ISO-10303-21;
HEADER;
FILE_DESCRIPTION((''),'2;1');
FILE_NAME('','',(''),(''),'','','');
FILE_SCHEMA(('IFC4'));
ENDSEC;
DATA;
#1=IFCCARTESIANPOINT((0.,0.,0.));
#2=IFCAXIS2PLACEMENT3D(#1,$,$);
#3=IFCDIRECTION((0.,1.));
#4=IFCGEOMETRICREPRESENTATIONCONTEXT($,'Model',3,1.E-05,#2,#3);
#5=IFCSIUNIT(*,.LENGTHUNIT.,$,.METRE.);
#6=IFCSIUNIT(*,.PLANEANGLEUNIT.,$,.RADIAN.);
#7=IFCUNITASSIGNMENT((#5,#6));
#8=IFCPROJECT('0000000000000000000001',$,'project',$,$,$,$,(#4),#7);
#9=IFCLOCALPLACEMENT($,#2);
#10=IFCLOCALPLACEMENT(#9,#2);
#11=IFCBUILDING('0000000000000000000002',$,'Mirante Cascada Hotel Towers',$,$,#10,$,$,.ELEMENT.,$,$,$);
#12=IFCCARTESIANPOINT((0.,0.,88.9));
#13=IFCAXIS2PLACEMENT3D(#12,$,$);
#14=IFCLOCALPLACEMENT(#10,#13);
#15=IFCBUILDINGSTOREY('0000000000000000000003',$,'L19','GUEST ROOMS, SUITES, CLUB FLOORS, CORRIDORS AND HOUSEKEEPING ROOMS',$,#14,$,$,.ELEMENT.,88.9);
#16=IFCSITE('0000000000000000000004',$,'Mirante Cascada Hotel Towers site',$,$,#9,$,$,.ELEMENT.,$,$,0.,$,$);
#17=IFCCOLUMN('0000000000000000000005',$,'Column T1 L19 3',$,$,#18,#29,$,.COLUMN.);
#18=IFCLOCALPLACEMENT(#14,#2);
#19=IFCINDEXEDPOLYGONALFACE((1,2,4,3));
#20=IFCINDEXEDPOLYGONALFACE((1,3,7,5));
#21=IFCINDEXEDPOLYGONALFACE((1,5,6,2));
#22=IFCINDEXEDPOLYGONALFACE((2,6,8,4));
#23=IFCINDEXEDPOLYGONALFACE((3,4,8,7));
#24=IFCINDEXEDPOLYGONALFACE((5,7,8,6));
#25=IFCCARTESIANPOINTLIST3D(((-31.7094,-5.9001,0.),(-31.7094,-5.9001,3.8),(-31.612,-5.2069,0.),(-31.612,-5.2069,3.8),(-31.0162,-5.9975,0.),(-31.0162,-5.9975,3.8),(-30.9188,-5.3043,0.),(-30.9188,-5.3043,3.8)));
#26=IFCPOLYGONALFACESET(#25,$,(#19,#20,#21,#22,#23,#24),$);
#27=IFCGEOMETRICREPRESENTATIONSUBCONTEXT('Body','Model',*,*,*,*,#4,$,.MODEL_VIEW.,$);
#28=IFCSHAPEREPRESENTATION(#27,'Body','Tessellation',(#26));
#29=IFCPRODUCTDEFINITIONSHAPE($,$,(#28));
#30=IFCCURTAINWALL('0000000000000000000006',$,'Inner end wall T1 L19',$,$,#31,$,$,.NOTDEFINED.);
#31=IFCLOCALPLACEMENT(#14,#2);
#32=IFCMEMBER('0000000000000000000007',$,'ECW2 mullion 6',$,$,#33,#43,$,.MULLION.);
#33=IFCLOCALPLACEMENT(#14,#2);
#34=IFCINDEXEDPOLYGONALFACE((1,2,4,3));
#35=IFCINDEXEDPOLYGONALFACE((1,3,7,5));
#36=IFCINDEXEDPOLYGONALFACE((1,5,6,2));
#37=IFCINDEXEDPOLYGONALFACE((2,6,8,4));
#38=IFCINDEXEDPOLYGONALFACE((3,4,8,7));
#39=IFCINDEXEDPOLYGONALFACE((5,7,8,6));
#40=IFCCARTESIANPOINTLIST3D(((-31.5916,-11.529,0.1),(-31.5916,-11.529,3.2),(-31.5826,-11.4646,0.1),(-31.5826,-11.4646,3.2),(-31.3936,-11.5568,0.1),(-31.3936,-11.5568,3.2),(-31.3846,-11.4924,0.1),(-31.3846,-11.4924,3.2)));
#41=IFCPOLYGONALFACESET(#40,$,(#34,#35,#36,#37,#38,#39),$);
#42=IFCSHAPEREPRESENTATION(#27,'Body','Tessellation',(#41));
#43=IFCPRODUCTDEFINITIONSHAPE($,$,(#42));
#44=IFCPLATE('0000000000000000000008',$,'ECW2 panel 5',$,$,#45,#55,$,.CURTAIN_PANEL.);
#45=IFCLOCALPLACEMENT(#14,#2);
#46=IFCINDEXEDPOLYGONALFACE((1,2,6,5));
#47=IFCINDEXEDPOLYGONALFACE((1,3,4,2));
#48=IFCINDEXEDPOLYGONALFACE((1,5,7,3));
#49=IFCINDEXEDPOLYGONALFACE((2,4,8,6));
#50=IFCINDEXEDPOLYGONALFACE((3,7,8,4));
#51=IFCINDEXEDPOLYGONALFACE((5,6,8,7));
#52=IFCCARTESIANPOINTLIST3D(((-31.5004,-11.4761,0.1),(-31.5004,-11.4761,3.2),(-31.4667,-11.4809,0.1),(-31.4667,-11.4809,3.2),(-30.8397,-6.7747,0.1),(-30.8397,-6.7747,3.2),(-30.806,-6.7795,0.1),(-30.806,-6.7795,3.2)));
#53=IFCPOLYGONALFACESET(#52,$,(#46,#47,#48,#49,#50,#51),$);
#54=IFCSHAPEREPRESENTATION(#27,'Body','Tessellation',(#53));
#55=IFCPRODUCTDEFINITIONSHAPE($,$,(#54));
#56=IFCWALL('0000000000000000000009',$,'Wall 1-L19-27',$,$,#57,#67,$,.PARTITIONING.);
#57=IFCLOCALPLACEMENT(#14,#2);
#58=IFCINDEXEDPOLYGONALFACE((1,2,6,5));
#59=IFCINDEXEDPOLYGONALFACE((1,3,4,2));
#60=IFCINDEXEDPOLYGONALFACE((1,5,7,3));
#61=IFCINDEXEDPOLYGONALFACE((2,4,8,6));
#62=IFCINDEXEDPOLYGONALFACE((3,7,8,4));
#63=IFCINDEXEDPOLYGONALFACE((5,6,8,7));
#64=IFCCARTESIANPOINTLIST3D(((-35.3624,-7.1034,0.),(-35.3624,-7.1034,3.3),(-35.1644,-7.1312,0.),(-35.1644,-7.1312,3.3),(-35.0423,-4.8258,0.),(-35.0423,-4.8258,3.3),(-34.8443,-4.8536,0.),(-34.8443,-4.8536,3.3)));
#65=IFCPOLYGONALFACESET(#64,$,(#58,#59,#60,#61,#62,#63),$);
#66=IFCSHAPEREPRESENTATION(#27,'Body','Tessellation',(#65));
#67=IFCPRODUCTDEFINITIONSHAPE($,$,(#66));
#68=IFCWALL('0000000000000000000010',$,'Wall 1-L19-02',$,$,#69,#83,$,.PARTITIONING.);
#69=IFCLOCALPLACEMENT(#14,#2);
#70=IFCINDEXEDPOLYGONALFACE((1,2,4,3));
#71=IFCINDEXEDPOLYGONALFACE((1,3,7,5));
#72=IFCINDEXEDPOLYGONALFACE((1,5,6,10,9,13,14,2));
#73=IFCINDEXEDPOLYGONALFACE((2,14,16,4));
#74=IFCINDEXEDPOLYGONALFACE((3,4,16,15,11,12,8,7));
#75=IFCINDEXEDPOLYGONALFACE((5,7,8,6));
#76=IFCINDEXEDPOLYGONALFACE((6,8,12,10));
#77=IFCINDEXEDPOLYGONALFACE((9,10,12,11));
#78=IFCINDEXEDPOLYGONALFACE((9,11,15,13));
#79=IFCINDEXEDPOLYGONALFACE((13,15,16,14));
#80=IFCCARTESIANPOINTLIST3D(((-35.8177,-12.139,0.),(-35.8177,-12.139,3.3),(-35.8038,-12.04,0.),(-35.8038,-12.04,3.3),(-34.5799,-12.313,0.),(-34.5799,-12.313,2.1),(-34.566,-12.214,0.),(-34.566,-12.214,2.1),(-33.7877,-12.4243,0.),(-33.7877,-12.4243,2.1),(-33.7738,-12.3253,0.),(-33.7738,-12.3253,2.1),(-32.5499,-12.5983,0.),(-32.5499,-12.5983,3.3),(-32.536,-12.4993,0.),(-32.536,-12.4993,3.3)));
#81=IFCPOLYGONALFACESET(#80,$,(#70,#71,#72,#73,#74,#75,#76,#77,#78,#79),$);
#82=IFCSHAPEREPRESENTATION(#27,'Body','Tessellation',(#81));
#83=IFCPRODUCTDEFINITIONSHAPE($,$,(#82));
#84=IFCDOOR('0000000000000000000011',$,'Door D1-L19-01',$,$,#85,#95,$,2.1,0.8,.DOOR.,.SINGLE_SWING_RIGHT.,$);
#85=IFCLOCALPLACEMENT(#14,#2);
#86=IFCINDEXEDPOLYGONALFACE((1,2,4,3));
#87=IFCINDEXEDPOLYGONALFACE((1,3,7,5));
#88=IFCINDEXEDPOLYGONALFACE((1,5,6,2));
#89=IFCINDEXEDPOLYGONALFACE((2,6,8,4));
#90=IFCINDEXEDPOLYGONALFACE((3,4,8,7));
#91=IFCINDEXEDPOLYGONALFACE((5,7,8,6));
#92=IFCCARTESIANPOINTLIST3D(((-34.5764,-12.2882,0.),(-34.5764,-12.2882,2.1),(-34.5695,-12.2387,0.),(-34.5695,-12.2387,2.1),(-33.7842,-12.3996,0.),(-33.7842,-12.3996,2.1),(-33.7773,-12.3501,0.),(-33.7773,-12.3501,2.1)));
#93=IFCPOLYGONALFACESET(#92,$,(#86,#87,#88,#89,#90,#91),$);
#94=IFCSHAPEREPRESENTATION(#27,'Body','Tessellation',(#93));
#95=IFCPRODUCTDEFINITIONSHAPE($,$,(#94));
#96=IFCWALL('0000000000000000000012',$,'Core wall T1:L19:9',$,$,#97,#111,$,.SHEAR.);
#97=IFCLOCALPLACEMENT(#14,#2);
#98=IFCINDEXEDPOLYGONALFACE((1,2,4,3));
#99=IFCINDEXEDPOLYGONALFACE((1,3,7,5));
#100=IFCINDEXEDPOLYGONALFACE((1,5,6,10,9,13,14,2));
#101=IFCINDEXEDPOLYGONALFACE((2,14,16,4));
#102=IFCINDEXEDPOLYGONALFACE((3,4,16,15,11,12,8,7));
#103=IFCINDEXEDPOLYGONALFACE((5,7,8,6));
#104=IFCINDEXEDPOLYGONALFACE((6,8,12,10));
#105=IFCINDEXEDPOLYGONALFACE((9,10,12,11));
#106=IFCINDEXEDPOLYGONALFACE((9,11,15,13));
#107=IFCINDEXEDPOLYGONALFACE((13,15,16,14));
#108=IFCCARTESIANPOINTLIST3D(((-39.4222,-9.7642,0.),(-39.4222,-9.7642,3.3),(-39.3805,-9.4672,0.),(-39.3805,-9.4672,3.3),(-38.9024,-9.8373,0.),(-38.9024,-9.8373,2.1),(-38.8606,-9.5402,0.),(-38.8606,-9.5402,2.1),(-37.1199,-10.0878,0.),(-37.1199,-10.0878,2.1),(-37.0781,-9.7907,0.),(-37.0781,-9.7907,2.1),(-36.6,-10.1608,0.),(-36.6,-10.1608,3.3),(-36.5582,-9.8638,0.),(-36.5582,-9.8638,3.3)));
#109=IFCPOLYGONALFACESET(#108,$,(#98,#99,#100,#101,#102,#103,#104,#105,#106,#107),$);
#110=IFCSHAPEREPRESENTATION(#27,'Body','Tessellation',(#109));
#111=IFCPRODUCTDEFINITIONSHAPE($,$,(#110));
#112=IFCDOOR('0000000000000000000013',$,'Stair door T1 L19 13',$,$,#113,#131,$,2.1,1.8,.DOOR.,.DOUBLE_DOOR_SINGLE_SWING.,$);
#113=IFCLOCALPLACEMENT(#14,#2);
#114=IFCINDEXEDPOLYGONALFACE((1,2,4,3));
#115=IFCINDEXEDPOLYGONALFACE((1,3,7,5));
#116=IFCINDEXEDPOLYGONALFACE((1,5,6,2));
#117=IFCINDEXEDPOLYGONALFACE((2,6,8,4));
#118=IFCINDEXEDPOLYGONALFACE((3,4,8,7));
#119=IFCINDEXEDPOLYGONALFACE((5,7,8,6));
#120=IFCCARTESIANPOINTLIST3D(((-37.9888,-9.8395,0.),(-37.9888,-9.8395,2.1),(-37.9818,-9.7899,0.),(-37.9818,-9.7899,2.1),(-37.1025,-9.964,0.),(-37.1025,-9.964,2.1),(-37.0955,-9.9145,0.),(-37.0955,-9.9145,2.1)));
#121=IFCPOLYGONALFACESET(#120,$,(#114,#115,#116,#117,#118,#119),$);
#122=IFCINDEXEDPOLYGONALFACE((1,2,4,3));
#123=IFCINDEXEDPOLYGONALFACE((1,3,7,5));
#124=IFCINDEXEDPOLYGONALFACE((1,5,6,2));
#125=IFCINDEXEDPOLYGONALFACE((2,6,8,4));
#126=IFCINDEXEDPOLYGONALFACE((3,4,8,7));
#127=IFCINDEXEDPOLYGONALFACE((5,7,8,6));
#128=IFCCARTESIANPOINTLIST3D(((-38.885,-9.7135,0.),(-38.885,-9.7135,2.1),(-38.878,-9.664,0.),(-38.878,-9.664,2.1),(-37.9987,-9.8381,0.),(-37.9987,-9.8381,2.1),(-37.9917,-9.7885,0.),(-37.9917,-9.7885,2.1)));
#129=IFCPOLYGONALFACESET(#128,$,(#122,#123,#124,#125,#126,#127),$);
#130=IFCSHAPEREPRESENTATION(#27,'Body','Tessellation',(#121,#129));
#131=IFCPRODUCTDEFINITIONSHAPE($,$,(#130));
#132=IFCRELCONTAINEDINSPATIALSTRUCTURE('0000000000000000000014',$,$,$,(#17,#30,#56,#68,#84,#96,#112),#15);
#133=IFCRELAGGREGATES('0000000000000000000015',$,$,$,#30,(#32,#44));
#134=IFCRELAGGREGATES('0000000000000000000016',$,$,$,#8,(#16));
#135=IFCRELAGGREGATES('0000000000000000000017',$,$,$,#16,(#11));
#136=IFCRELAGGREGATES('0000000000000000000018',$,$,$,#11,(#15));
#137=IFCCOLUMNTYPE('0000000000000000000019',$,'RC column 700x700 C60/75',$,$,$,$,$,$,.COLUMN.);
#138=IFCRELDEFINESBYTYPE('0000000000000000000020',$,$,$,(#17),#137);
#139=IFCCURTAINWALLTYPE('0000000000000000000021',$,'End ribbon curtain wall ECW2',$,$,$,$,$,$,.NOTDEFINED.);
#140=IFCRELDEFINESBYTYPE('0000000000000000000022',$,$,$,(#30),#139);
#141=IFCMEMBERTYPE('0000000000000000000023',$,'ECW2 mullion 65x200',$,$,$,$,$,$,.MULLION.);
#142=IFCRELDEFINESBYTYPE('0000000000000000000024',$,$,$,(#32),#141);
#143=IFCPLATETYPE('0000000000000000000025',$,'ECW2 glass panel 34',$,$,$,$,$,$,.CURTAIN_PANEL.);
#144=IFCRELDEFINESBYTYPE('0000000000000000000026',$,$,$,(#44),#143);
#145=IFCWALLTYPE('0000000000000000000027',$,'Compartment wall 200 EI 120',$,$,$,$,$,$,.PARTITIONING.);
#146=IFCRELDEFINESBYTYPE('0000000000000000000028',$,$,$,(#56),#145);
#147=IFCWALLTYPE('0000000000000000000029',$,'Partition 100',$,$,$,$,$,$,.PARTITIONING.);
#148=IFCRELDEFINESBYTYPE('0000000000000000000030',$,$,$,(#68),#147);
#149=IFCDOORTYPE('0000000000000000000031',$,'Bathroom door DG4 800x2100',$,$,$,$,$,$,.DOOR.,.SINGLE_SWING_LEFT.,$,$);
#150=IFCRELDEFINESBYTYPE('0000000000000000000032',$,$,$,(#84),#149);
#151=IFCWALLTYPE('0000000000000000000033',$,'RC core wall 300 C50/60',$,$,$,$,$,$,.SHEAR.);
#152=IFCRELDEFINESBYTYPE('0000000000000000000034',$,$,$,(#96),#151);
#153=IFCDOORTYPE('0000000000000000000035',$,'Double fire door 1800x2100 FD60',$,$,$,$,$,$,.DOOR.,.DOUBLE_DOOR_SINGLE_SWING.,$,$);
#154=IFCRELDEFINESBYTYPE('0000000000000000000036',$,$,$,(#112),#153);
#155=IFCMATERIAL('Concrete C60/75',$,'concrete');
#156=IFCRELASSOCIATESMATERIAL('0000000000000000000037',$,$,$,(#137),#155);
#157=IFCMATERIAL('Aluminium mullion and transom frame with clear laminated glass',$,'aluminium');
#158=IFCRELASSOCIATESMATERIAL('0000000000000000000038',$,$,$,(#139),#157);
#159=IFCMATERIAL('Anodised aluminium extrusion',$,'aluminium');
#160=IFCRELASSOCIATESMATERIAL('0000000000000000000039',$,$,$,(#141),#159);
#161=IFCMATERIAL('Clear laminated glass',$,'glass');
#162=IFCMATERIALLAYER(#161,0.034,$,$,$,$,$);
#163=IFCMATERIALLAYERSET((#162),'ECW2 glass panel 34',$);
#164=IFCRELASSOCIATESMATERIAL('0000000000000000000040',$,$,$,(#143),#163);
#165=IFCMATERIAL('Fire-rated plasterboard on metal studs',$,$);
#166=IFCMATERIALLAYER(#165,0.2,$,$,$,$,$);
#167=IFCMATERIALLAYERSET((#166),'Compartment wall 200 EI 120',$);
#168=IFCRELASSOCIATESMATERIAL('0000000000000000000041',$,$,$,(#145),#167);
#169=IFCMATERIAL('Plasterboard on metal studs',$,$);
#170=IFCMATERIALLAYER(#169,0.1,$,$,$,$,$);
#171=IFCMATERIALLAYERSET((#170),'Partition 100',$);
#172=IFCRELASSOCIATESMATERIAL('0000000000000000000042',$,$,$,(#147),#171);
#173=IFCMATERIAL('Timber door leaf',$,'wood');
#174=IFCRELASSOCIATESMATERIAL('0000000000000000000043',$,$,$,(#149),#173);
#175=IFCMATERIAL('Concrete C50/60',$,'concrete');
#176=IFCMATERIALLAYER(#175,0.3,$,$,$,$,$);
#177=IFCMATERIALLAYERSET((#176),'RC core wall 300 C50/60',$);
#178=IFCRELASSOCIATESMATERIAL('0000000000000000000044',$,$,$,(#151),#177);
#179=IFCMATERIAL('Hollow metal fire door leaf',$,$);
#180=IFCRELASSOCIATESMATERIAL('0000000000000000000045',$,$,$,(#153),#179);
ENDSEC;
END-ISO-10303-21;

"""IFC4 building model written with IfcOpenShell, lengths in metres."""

from ifc_helpers import new_model, si_unit, direction, frame, frame_2d, origin, origin_2d, place, context, subcontext, project, spatial, rectangle, extrude, material, layer, layer_set, material_profile, profile_set, type_object, element, fill, aggregate, save


model = new_model("IFC4")

# Units and contexts
model_context = context("Model", 3, precision=1e-05, world=origin(), true_north=direction((0.0, 1.0)))
body_context = subcontext(model_context, "Body", "Model", "MODEL_VIEW")
ifc_project = project(units=[si_unit("LENGTHUNIT", "METRE"), si_unit("PLANEANGLEUNIT", "RADIAN")], contexts=[model_context])

# Site, building, storey
site_placement = place(None, origin())
site = spatial("IfcSite", under=ifc_project, at=site_placement, Name="Mirante Cascada Hotel Towers site", CompositionType="ELEMENT", RefElevation=0.0)
building_placement = place(site_placement, origin())
building = spatial("IfcBuilding", under=site, at=building_placement, Name="Mirante Cascada Hotel Towers", CompositionType="ELEMENT")
storey_placement = place(building_placement, frame((0.0, 0.0, 88.9)))
storey = spatial("IfcBuildingStorey", under=building, at=storey_placement, Name="L19", Description="GUEST ROOMS, SUITES, CLUB FLOORS, CORRIDORS AND HOUSEKEEPING ROOMS", CompositionType="ELEMENT", Elevation=88.9)

# Column
ifc_material_1 = material(Name="Concrete C60/75", Category="concrete")
ifc_material_profile_1 = material_profile(ifc_material_1, rectangle(XDim=0.7, YDim=0.7, at=origin_2d()), Name="RC column 700x700 C60/75")
ifc_profile_set_1 = profile_set([ifc_material_profile_1], Name="Concrete C60/75")
column_type = type_object("IfcColumnType", Name="RC column 700x700 C60/75", PredefinedType="COLUMN", material=ifc_profile_set_1)
column_placement = place(storey_placement, frame((-31.3141, -5.6022, 0.0), z_axis=(0.0, 0.0, 1.0), x_axis=(-0.990268, 0.139173, 0.0)))
element("IfcColumn", 1, at=column_placement, inside=storey, type_object=column_type, Name="Column T1 L19 3", PredefinedType="COLUMN", context=body_context, shape_type="SweptSolid", body=[
    extrude(rectangle(XDim=0.7, YDim=0.7, at=origin_2d()), origin(), (0.0, 0.0, 1.0), 3.8),
])

# Curtain wall, member, plate
ifc_material_2 = material(Name="Aluminium mullion and transom frame with clear laminated glass", Category="aluminium")
curtain_wall_type = type_object("IfcCurtainWallType", Name="End ribbon curtain wall ECW2", PredefinedType="NOTDEFINED", material=ifc_material_2)
curtain_wall_placement = place(storey_placement, origin())
curtain_wall = element("IfcCurtainWall", 2, at=curtain_wall_placement, inside=storey, type_object=curtain_wall_type, Name="Inner end wall T1 L19", PredefinedType="NOTDEFINED")
ifc_material_3 = material(Name="Anodised aluminium extrusion", Category="aluminium")
ifc_material_profile_2 = material_profile(ifc_material_3, rectangle(XDim=0.2, YDim=0.065, at=origin_2d()), Name="ECW2 MULLION 65x200")
ifc_profile_set_2 = profile_set([ifc_material_profile_2], Name="Anodised aluminium extrusion")
member_type = type_object("IfcMemberType", Name="ECW2 mullion 65x200", PredefinedType="MULLION", material=ifc_profile_set_2)
member_placement = place(storey_placement, frame((-31.4881, -11.5107, 0.1), z_axis=(0.0, 0.0, 1.0), x_axis=(0.990268, -0.139173, 0.0)))
member = element("IfcMember", 3, at=member_placement, type_object=member_type, Name="ECW2 mullion 6", PredefinedType="MULLION", context=body_context, shape_type="SweptSolid", body=[
    extrude(rectangle(XDim=0.2, YDim=0.065, at=origin_2d()), origin(), (0.0, 0.0, 1.0), 3.1),
])
ifc_material_4 = material(Name="Clear laminated glass", Category="glass")
ifc_layer_1 = layer(ifc_material_4, 0.034)
ifc_layer_set_1 = layer_set([ifc_layer_1], Name="ECW2 glass panel 34")
plate_type = type_object("IfcPlateType", Name="ECW2 glass panel 34", PredefinedType="CURTAIN_PANEL", material=ifc_layer_set_1)
plate_placement = place(storey_placement, frame((-31.1532, -9.1278, 0.1), z_axis=(0.0, 0.0, 1.0), x_axis=(-0.139173, -0.990268, 0.0)))
plate = element("IfcPlate", 4, at=plate_placement, type_object=plate_type, Name="ECW2 panel 5", PredefinedType="CURTAIN_PANEL", context=body_context, shape_type="SweptSolid", body=[
    extrude(rectangle(XDim=4.7476, YDim=0.034, at=origin_2d()), origin(), (0.0, 0.0, 1.0), 3.1),
])
aggregate(curtain_wall, [member, plate])

# Wall
ifc_material_5 = material(Name="Fire-rated plasterboard on metal studs")
ifc_layer_2 = layer(ifc_material_5, 0.2)
ifc_layer_set_2 = layer_set([ifc_layer_2], Name="Compartment wall 200 EI 120")
wall_type_1 = type_object("IfcWallType", Name="Compartment wall 200 EI 120", PredefinedType="PARTITIONING", material=ifc_layer_set_2)
wall_1_placement = place(storey_placement, frame((-34.9433, -4.8397, 0.0), z_axis=(0.0, 0.0, 1.0), x_axis=(-0.139175, -0.990268, 0.0)))
element("IfcWall", 5, at=wall_1_placement, inside=storey, type_object=wall_type_1, Name="Wall 1-L19-27", PredefinedType="PARTITIONING", context=body_context, shape_type="SweptSolid", body=[
    extrude(rectangle(XDim=2.3, YDim=0.2, at=frame_2d((1.15, 0.0))), origin(), (0.0, 0.0, 1.0), 3.3),
])

# Walls, openings, doors
ifc_material_6 = material(Name="Plasterboard on metal studs")
ifc_layer_3 = layer(ifc_material_6, 0.1)
ifc_layer_set_3 = layer_set([ifc_layer_3], Name="Partition 100")
wall_type_2 = type_object("IfcWallType", Name="Partition 100", PredefinedType="PARTITIONING", material=ifc_layer_set_3)
wall_2_placement = place(storey_placement, frame((-32.5429, -12.5488, 0.0), z_axis=(0.0, 0.0, 1.0), x_axis=(-0.990266, 0.139185, 0.0)))
wall_2 = element("IfcWall", 6, at=wall_2_placement, inside=storey, type_object=wall_type_2, Name="Wall 1-L19-02", PredefinedType="PARTITIONING", context=body_context, shape_type="SweptSolid", body=[
    extrude(rectangle(XDim=3.2999, YDim=0.1, at=frame_2d((1.65, 0.0))), origin(), (0.0, 0.0, 1.0), 3.3),
])
opening_1_placement = place(wall_2_placement, frame((1.25, 0.0, 0.0)))
opening_1 = element("IfcOpeningElement", 7, at=opening_1_placement, cuts=wall_2, PredefinedType="OPENING", context=body_context, shape_type="SweptSolid", body=[
    extrude(rectangle(XDim=0.8, YDim=2.1, at=frame_2d((0.4, 1.05))), frame((0.0, 0.05, 0.0), z_axis=(0.0, -1.0, 0.0), x_axis=(1.0, 0.0, 0.0)), (0.0, 0.0, 1.0), 0.1),
])
ifc_material_7 = material(Name="Timber door leaf", Category="wood")
door_type_1 = type_object("IfcDoorType", Name="Bathroom door DG4 800x2100", OperationType="SINGLE_SWING_LEFT", PredefinedType="DOOR", material=ifc_material_7)
door_1_placement = place(opening_1_placement, frame((0.8, 0.0, 0.0), z_axis=(0.0, 0.0, 1.0), x_axis=(-1.0, 0.0, 0.0)))
door_1 = element("IfcDoor", 8, at=door_1_placement, inside=storey, type_object=door_type_1, Name="Door D1-L19-01", OperationType="SINGLE_SWING_RIGHT", OverallHeight=2.1, OverallWidth=0.8, PredefinedType="DOOR", context=body_context, shape_type="SweptSolid", body=[
    extrude(rectangle(XDim=0.8, YDim=2.1, at=frame_2d((0.4, 1.05))), frame((0.0, 0.025, 0.0), z_axis=(0.0, -1.0, 0.0), x_axis=(1.0, 0.0, 0.0)), (0.0, 0.0, 1.0), 0.05),
])
fill(opening_1, door_1)
ifc_material_8 = material(Name="Concrete C50/60", Category="concrete")
ifc_layer_4 = layer(ifc_material_8, 0.3)
ifc_layer_set_4 = layer_set([ifc_layer_4], Name="RC core wall 300 C50/60")
wall_type_3 = type_object("IfcWallType", Name="RC core wall 300 C50/60", PredefinedType="SHEAR", material=ifc_layer_set_4)
wall_3_placement = place(storey_placement, frame((-36.5791, -10.0123, 0.0), z_axis=(0.0, 0.0, 1.0), x_axis=(-0.99027, 0.139156, 0.0)))
wall_3 = element("IfcWall", 9, at=wall_3_placement, inside=storey, type_object=wall_type_3, Name="Core wall T1:L19:9", PredefinedType="SHEAR", context=body_context, shape_type="SweptSolid", body=[
    extrude(rectangle(XDim=2.85, YDim=0.3, at=frame_2d((1.425, 0.0))), origin(), (0.0, 0.0, 1.0), 3.3),
])
opening_2_placement = place(wall_3_placement, frame((0.525, 0.0, 0.0)))
opening_2 = element("IfcOpeningElement", 10, at=opening_2_placement, cuts=wall_3, PredefinedType="OPENING", context=body_context, shape_type="SweptSolid", body=[
    extrude(rectangle(XDim=1.8, YDim=2.1, at=frame_2d((0.9, 1.05))), frame((0.0, 0.15, 0.0), z_axis=(0.0, -1.0, 0.0), x_axis=(1.0, 0.0, 0.0)), (0.0, 0.0, 1.0), 0.3),
])
ifc_material_9 = material(Name="Hollow metal fire door leaf")
door_type_2 = type_object("IfcDoorType", Name="Double fire door 1800x2100 FD60", OperationType="DOUBLE_DOOR_SINGLE_SWING", PredefinedType="DOOR", material=ifc_material_9)
door_2_placement = place(opening_2_placement, origin())
door_2 = element("IfcDoor", 11, at=door_2_placement, inside=storey, type_object=door_type_2, Name="Stair door T1 L19 13", OperationType="DOUBLE_DOOR_SINGLE_SWING", OverallHeight=2.1, OverallWidth=1.8, PredefinedType="DOOR", context=body_context, shape_type="SweptSolid", body=[
    extrude(rectangle(XDim=0.895, YDim=2.1, at=frame_2d((0.4475, 1.05))), frame((0.0, 0.025, 0.0), z_axis=(0.0, -1.0, 0.0), x_axis=(1.0, 0.0, 0.0)), (0.0, 0.0, 1.0), 0.05),
    extrude(rectangle(XDim=0.895, YDim=2.1, at=frame_2d((1.3525, 1.05))), frame((0.0, 0.025, 0.0), z_axis=(0.0, -1.0, 0.0), x_axis=(1.0, 0.0, 0.0)), (0.0, 0.0, 1.0), 0.05),
])
fill(opening_2, door_2)

save(model, "model.ifc")
